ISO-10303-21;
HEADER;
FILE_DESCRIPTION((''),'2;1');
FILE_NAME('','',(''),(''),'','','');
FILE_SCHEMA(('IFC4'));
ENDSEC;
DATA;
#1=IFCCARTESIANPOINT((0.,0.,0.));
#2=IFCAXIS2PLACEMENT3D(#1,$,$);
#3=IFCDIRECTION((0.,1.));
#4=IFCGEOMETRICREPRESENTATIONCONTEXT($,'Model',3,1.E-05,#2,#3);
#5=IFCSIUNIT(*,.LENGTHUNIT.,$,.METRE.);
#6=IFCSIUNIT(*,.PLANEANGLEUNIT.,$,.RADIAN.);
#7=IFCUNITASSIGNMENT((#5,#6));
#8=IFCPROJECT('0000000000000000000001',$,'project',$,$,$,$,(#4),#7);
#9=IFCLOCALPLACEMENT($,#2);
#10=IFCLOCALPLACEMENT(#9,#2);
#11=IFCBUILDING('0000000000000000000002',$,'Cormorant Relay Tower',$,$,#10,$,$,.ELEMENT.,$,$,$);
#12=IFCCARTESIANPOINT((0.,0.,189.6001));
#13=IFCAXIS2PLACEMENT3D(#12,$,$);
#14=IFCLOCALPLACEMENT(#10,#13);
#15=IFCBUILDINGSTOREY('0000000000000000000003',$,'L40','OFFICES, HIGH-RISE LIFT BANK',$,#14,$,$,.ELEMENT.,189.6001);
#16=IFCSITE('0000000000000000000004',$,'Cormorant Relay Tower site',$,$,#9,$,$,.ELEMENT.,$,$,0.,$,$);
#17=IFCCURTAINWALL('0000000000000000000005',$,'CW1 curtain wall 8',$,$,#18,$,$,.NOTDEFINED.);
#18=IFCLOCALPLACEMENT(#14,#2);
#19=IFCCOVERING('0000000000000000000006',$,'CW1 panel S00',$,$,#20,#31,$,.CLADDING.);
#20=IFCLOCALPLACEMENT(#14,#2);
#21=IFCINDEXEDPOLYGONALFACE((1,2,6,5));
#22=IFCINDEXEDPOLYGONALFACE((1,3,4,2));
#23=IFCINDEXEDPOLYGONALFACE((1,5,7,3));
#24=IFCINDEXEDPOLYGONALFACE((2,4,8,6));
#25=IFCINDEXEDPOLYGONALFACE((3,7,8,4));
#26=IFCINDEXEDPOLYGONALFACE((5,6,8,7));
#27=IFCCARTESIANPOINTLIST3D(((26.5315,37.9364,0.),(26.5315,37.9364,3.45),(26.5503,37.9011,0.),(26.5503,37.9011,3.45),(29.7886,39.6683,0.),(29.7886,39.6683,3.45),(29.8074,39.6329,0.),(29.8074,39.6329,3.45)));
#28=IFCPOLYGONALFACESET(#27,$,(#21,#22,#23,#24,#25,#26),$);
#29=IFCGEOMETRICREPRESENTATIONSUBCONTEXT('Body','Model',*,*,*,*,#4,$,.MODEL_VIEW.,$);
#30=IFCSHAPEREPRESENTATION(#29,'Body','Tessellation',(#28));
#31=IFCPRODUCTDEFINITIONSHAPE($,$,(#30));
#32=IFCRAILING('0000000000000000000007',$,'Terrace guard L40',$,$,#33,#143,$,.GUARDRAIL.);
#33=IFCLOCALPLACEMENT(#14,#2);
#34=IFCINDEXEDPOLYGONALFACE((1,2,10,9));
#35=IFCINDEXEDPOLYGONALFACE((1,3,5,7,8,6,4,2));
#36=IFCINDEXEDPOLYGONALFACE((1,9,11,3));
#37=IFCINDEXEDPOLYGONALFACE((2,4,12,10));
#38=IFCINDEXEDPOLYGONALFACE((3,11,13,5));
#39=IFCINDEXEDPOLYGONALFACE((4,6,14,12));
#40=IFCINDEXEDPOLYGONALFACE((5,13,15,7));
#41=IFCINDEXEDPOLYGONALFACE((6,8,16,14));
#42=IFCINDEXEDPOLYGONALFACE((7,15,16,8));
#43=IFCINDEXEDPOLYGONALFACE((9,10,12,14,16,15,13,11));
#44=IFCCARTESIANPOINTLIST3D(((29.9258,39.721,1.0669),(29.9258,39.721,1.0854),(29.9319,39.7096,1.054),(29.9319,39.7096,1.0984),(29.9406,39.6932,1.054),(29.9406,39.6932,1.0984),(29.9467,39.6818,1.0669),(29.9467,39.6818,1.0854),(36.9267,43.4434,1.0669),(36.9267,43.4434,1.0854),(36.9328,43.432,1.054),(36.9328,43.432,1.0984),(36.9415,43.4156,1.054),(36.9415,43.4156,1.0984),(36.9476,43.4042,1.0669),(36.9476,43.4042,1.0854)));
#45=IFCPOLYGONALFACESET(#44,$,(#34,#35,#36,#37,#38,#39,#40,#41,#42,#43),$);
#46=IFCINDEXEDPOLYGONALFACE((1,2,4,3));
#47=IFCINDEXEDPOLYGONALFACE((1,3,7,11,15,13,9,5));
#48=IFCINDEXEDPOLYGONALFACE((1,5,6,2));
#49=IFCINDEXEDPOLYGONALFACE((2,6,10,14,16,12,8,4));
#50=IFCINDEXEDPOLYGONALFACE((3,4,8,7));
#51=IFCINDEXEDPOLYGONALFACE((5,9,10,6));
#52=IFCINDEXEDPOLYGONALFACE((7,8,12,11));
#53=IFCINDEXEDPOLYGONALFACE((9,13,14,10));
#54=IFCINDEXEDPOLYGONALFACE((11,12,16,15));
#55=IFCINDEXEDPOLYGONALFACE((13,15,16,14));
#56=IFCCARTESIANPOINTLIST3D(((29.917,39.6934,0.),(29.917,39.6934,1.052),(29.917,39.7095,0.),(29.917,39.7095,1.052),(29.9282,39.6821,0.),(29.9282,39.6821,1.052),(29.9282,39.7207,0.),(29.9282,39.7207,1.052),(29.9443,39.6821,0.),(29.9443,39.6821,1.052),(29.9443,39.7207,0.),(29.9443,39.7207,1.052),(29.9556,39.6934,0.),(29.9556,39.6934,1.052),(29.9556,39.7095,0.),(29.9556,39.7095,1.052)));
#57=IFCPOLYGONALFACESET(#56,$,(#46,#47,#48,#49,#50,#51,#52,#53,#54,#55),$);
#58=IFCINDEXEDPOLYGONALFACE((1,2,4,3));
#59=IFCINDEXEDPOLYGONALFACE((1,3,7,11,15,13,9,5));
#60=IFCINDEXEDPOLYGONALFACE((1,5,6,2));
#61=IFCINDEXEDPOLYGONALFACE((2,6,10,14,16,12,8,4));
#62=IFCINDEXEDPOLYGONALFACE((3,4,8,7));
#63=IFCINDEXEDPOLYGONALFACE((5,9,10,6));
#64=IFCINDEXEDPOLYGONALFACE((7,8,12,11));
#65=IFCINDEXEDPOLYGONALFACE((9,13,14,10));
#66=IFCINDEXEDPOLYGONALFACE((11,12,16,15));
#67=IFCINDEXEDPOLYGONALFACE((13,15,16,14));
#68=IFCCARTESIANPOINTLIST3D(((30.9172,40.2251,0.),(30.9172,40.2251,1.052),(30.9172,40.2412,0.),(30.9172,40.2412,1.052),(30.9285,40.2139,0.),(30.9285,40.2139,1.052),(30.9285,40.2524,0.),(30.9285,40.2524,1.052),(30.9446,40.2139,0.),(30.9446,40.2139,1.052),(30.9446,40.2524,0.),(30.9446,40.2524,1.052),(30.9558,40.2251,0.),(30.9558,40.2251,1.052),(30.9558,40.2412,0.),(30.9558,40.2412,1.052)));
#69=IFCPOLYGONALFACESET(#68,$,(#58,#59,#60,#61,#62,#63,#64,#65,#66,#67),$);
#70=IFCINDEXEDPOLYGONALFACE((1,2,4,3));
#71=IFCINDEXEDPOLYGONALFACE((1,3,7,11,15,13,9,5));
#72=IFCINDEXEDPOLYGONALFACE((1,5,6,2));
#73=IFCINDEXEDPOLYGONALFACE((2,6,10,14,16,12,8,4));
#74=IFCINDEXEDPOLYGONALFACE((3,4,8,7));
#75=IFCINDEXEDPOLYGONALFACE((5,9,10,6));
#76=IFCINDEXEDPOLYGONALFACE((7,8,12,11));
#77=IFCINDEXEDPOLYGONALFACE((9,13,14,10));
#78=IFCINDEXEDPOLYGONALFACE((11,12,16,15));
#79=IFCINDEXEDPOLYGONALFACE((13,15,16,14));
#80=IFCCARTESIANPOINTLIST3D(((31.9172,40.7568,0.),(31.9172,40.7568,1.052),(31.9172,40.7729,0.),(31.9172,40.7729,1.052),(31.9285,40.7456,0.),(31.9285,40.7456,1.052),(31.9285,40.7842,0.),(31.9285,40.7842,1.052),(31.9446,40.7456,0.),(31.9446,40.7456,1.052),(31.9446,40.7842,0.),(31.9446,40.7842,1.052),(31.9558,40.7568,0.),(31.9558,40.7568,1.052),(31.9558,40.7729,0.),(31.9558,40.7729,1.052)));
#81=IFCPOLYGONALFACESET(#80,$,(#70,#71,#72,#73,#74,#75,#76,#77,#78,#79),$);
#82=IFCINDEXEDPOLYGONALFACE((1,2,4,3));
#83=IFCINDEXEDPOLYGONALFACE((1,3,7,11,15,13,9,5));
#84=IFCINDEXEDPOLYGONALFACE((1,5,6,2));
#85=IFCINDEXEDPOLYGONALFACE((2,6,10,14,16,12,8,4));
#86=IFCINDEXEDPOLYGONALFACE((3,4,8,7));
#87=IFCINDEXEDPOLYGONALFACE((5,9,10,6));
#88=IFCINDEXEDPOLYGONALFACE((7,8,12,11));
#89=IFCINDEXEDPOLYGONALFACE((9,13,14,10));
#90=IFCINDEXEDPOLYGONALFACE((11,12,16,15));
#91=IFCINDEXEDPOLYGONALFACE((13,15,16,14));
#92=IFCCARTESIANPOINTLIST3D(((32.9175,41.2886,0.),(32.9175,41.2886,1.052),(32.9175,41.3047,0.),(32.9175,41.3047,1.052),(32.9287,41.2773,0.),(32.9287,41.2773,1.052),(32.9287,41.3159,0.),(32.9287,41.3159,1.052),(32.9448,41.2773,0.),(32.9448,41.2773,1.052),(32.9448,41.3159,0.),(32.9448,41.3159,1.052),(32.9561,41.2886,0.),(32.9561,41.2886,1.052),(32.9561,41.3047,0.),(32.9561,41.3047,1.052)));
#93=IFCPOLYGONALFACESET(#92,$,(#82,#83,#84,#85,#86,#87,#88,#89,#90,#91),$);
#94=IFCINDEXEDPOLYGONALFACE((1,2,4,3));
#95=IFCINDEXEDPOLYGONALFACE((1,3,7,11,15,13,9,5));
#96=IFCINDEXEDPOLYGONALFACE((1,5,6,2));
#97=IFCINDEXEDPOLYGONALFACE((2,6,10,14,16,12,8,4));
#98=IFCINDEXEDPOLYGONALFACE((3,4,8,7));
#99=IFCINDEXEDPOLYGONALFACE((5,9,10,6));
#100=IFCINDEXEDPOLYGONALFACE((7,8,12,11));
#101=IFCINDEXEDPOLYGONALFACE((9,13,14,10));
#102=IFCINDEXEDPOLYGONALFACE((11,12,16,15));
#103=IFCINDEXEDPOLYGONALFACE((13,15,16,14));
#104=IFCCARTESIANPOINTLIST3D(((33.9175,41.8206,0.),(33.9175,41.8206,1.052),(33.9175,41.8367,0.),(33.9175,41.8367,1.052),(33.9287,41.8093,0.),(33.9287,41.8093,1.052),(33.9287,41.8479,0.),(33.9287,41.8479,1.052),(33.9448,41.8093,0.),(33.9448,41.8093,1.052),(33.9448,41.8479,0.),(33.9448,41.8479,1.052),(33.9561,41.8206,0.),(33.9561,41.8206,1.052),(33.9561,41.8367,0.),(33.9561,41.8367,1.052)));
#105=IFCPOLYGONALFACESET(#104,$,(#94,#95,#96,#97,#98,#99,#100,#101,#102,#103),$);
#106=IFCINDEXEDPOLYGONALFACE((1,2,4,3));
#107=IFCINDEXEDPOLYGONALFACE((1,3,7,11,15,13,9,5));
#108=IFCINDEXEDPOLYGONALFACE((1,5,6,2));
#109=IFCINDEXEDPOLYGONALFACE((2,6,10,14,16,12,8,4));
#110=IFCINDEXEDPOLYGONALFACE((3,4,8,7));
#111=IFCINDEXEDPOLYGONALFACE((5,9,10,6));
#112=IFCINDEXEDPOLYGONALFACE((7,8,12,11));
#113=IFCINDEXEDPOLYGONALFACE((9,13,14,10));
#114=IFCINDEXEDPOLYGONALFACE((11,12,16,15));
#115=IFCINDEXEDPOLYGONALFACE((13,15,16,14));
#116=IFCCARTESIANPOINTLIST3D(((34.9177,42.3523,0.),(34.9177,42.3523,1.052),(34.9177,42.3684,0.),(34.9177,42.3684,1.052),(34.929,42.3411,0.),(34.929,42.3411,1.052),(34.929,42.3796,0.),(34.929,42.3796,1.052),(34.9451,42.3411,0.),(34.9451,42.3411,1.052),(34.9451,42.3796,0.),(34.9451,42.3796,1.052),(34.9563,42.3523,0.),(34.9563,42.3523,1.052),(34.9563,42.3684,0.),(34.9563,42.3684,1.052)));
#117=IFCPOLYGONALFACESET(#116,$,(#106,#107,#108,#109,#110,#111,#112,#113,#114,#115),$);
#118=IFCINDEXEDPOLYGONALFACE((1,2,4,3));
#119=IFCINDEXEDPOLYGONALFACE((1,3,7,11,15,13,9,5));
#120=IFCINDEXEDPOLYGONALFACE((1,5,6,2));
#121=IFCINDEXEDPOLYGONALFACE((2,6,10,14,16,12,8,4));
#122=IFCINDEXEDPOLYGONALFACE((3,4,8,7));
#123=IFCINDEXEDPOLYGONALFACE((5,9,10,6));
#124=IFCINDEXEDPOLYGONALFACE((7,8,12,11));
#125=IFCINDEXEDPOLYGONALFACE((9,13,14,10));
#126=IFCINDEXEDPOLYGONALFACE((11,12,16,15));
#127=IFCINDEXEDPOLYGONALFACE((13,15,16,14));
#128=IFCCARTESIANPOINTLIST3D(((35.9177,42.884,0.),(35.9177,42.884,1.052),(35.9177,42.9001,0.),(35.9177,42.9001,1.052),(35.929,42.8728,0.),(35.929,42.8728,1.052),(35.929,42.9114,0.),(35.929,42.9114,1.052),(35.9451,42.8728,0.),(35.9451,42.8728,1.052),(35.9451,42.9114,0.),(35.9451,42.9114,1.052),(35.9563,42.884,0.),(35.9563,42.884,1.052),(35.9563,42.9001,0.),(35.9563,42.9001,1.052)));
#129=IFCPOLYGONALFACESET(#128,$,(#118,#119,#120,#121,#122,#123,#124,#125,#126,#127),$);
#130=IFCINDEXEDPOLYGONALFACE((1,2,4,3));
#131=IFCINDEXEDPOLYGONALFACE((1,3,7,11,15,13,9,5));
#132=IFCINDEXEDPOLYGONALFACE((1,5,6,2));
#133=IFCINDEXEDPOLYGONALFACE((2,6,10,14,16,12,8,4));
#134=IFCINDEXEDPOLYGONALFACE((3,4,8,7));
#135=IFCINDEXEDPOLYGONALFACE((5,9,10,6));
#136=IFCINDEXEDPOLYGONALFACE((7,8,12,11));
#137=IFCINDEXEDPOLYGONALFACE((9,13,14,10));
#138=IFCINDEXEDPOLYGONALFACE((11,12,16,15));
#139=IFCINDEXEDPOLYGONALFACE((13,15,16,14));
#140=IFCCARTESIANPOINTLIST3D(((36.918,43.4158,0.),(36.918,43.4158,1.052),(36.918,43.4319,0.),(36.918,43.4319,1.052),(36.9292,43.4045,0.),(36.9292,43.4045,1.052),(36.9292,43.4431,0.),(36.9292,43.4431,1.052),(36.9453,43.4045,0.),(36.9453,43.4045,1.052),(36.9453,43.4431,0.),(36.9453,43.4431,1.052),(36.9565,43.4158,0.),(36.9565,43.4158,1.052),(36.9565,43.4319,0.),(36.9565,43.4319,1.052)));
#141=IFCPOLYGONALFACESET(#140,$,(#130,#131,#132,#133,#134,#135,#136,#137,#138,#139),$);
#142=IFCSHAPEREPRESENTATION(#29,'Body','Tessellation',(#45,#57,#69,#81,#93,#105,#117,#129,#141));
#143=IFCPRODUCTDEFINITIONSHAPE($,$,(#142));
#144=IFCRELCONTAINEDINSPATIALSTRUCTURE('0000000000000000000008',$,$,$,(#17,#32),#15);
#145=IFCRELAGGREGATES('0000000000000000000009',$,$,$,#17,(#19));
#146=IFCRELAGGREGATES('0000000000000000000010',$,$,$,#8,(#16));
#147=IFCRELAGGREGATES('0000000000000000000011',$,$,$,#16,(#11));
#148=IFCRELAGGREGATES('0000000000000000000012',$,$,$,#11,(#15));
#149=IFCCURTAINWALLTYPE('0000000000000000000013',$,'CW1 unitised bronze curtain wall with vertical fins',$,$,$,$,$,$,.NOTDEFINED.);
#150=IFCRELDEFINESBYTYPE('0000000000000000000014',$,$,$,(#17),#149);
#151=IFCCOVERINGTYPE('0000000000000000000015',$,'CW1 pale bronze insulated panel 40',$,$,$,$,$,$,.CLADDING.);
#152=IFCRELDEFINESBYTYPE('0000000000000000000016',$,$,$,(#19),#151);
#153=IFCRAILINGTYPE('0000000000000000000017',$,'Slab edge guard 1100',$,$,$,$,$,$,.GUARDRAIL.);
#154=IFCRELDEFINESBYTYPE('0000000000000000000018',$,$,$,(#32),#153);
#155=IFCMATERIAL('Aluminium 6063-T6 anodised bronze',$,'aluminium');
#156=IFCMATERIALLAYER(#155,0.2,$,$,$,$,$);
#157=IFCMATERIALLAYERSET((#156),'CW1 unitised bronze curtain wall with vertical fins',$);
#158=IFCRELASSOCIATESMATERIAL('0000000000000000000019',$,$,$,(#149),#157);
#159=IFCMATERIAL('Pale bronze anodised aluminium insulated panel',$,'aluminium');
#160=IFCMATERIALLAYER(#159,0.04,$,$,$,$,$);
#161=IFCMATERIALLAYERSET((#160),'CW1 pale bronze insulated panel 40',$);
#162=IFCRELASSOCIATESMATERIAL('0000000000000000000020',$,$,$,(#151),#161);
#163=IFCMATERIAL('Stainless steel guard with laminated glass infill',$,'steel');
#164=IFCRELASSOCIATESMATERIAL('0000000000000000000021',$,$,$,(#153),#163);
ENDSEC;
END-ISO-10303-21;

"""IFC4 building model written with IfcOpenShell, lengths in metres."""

from ifc_helpers import new_model, si_unit, direction, frame, origin, origin_2d, place, context, subcontext, project, spatial, polyline, rectangle, outline, extrude, material, layer, layer_set, type_object, element, aggregate, save


model = new_model("IFC4")

# Units and contexts
model_context = context("Model", 3, precision=1e-05, world=origin(), true_north=direction((0.0, 1.0)))
body_context = subcontext(model_context, "Body", "Model", "MODEL_VIEW")
ifc_project = project(units=[si_unit("LENGTHUNIT", "METRE"), si_unit("PLANEANGLEUNIT", "RADIAN")], contexts=[model_context])

# Site, building, storey
site_placement = place(None, origin())
site = spatial("IfcSite", under=ifc_project, at=site_placement, Name="Cormorant Relay Tower site", CompositionType="ELEMENT", RefElevation=0.0)
building_placement = place(site_placement, origin())
building = spatial("IfcBuilding", under=site, at=building_placement, Name="Cormorant Relay Tower", CompositionType="ELEMENT")
storey_placement = place(building_placement, frame((0.0, 0.0, 189.6001)))
storey = spatial("IfcBuildingStorey", under=building, at=storey_placement, Name="L40", Description="OFFICES, HIGH-RISE LIFT BANK", CompositionType="ELEMENT", Elevation=189.6001)

# Curtain wall
ifc_material_1 = material(Name="Aluminium 6063-T6 anodised bronze", Category="aluminium")
ifc_layer_1 = layer(ifc_material_1, 0.2)
ifc_layer_set_1 = layer_set([ifc_layer_1], Name="CW1 unitised bronze curtain wall with vertical fins")
curtain_wall_type = type_object("IfcCurtainWallType", Name="CW1 unitised bronze curtain wall with vertical fins", PredefinedType="NOTDEFINED", material=ifc_layer_set_1)
curtain_wall_placement = place(storey_placement, origin())
curtain_wall = element("IfcCurtainWall", 1, at=curtain_wall_placement, inside=storey, type_object=curtain_wall_type, Name="CW1 curtain wall 8", PredefinedType="NOTDEFINED")

# Covering
ifc_material_2 = material(Name="Pale bronze anodised aluminium insulated panel", Category="aluminium")
ifc_layer_2 = layer(ifc_material_2, 0.04)
ifc_layer_set_2 = layer_set([ifc_layer_2], Name="CW1 pale bronze insulated panel 40")
covering_type = type_object("IfcCoveringType", Name="CW1 pale bronze insulated panel 40", PredefinedType="CLADDING", material=ifc_layer_set_2)
covering_placement = place(storey_placement, frame((28.1694, 38.7847, 0.0), z_axis=(0.0, 0.0, 1.0), x_axis=(-0.882948, -0.469472, 0.0)))
covering = element("IfcCovering", 2, at=covering_placement, type_object=covering_type, Name="CW1 panel S00", PredefinedType="CLADDING", context=body_context, shape_type="SweptSolid", body=[
    extrude(rectangle(XDim=3.689, YDim=0.04, at=origin_2d()), origin(), (0.0, 0.0, 1.0), 3.45),
])
aggregate(curtain_wall, [covering])

# Railing
ifc_material_3 = material(Name="Stainless steel guard with laminated glass infill", Category="steel")
railing_type_1 = type_object("IfcRailingType", Name="Slab edge guard 1100", PredefinedType="GUARDRAIL", material=ifc_material_3)
railing_1_placement = place(storey_placement, frame((29.9363, 39.7014, 0.0)))
element("IfcRailing", 3, at=railing_1_placement, inside=storey, type_object=railing_type_1, Name="Terrace guard L40", PredefinedType="GUARDRAIL", context=body_context, shape_type="SweptSolid", body=[
    extrude(outline(polyline([(0.0222, 0.0093), (0.0093, 0.0222), (-0.0093, 0.0222), (-0.0222, 0.0093), (-0.0222, -0.0093), (-0.0093, -0.0222), (0.0093, -0.0222), (0.0222, -0.0093), (0.0222, 0.0093)])), frame((0.0, 0.0, 1.0762), z_axis=(0.882951, 0.469464, 0.0), x_axis=(-0.469464, 0.882951, 0.0)), (0.0, 0.0, 1.0), 7.929),
    extrude(outline(polyline([(0.0193, 0.0081), (0.0081, 0.0193), (-0.0081, 0.0193), (-0.0193, 0.0081), (-0.0193, -0.0081), (-0.0081, -0.0193), (0.0081, -0.0193), (0.0193, -0.0081), (0.0193, 0.0081)])), origin(), (0.0, 0.0, 1.0), 1.052),
    extrude(outline(polyline([(0.0193, 0.0081), (0.0081, 0.0193), (-0.0081, 0.0193), (-0.0193, 0.0081), (-0.0193, -0.0081), (-0.0081, -0.0193), (0.0081, -0.0193), (0.0193, -0.0081), (0.0193, 0.0081)])), frame((1.0002, 0.5317, 0.0)), (0.0, 0.0, 1.0), 1.052),
    extrude(outline(polyline([(0.0193, 0.0081), (0.0081, 0.0193), (-0.0081, 0.0193), (-0.0193, 0.0081), (-0.0193, -0.0081), (-0.0081, -0.0193), (0.0081, -0.0193), (0.0193, -0.0081), (0.0193, 0.0081)])), frame((2.0002, 1.0635, 0.0)), (0.0, 0.0, 1.0), 1.052),
    extrude(outline(polyline([(0.0193, 0.0081), (0.0081, 0.0193), (-0.0081, 0.0193), (-0.0193, 0.0081), (-0.0193, -0.0081), (-0.0081, -0.0193), (0.0081, -0.0193), (0.0193, -0.0081), (0.0193, 0.0081)])), frame((3.0005, 1.5952, 0.0)), (0.0, 0.0, 1.0), 1.052),
    extrude(outline(polyline([(0.0193, 0.0081), (0.0081, 0.0193), (-0.0081, 0.0193), (-0.0193, 0.0081), (-0.0193, -0.0081), (-0.0081, -0.0193), (0.0081, -0.0193), (0.0193, -0.0081), (0.0193, 0.0081)])), frame((4.0005, 2.1272, 0.0)), (0.0, 0.0, 1.0), 1.052),
    extrude(outline(polyline([(0.0193, 0.0081), (0.0081, 0.0193), (-0.0081, 0.0193), (-0.0193, 0.0081), (-0.0193, -0.0081), (-0.0081, -0.0193), (0.0081, -0.0193), (0.0193, -0.0081), (0.0193, 0.0081)])), frame((5.0007, 2.6589, 0.0)), (0.0, 0.0, 1.0), 1.052),
    extrude(outline(polyline([(0.0193, 0.0081), (0.0081, 0.0193), (-0.0081, 0.0193), (-0.0193, 0.0081), (-0.0193, -0.0081), (-0.0081, -0.0193), (0.0081, -0.0193), (0.0193, -0.0081), (0.0193, 0.0081)])), frame((6.0007, 3.1907, 0.0)), (0.0, 0.0, 1.0), 1.052),
    extrude(outline(polyline([(0.0193, 0.0081), (0.0081, 0.0193), (-0.0081, 0.0193), (-0.0193, 0.0081), (-0.0193, -0.0081), (-0.0081, -0.0193), (0.0081, -0.0193), (0.0193, -0.0081), (0.0193, 0.0081)])), frame((7.001, 3.7224, 0.0)), (0.0, 0.0, 1.0), 1.052),
])

save(model, "model.ifc")
